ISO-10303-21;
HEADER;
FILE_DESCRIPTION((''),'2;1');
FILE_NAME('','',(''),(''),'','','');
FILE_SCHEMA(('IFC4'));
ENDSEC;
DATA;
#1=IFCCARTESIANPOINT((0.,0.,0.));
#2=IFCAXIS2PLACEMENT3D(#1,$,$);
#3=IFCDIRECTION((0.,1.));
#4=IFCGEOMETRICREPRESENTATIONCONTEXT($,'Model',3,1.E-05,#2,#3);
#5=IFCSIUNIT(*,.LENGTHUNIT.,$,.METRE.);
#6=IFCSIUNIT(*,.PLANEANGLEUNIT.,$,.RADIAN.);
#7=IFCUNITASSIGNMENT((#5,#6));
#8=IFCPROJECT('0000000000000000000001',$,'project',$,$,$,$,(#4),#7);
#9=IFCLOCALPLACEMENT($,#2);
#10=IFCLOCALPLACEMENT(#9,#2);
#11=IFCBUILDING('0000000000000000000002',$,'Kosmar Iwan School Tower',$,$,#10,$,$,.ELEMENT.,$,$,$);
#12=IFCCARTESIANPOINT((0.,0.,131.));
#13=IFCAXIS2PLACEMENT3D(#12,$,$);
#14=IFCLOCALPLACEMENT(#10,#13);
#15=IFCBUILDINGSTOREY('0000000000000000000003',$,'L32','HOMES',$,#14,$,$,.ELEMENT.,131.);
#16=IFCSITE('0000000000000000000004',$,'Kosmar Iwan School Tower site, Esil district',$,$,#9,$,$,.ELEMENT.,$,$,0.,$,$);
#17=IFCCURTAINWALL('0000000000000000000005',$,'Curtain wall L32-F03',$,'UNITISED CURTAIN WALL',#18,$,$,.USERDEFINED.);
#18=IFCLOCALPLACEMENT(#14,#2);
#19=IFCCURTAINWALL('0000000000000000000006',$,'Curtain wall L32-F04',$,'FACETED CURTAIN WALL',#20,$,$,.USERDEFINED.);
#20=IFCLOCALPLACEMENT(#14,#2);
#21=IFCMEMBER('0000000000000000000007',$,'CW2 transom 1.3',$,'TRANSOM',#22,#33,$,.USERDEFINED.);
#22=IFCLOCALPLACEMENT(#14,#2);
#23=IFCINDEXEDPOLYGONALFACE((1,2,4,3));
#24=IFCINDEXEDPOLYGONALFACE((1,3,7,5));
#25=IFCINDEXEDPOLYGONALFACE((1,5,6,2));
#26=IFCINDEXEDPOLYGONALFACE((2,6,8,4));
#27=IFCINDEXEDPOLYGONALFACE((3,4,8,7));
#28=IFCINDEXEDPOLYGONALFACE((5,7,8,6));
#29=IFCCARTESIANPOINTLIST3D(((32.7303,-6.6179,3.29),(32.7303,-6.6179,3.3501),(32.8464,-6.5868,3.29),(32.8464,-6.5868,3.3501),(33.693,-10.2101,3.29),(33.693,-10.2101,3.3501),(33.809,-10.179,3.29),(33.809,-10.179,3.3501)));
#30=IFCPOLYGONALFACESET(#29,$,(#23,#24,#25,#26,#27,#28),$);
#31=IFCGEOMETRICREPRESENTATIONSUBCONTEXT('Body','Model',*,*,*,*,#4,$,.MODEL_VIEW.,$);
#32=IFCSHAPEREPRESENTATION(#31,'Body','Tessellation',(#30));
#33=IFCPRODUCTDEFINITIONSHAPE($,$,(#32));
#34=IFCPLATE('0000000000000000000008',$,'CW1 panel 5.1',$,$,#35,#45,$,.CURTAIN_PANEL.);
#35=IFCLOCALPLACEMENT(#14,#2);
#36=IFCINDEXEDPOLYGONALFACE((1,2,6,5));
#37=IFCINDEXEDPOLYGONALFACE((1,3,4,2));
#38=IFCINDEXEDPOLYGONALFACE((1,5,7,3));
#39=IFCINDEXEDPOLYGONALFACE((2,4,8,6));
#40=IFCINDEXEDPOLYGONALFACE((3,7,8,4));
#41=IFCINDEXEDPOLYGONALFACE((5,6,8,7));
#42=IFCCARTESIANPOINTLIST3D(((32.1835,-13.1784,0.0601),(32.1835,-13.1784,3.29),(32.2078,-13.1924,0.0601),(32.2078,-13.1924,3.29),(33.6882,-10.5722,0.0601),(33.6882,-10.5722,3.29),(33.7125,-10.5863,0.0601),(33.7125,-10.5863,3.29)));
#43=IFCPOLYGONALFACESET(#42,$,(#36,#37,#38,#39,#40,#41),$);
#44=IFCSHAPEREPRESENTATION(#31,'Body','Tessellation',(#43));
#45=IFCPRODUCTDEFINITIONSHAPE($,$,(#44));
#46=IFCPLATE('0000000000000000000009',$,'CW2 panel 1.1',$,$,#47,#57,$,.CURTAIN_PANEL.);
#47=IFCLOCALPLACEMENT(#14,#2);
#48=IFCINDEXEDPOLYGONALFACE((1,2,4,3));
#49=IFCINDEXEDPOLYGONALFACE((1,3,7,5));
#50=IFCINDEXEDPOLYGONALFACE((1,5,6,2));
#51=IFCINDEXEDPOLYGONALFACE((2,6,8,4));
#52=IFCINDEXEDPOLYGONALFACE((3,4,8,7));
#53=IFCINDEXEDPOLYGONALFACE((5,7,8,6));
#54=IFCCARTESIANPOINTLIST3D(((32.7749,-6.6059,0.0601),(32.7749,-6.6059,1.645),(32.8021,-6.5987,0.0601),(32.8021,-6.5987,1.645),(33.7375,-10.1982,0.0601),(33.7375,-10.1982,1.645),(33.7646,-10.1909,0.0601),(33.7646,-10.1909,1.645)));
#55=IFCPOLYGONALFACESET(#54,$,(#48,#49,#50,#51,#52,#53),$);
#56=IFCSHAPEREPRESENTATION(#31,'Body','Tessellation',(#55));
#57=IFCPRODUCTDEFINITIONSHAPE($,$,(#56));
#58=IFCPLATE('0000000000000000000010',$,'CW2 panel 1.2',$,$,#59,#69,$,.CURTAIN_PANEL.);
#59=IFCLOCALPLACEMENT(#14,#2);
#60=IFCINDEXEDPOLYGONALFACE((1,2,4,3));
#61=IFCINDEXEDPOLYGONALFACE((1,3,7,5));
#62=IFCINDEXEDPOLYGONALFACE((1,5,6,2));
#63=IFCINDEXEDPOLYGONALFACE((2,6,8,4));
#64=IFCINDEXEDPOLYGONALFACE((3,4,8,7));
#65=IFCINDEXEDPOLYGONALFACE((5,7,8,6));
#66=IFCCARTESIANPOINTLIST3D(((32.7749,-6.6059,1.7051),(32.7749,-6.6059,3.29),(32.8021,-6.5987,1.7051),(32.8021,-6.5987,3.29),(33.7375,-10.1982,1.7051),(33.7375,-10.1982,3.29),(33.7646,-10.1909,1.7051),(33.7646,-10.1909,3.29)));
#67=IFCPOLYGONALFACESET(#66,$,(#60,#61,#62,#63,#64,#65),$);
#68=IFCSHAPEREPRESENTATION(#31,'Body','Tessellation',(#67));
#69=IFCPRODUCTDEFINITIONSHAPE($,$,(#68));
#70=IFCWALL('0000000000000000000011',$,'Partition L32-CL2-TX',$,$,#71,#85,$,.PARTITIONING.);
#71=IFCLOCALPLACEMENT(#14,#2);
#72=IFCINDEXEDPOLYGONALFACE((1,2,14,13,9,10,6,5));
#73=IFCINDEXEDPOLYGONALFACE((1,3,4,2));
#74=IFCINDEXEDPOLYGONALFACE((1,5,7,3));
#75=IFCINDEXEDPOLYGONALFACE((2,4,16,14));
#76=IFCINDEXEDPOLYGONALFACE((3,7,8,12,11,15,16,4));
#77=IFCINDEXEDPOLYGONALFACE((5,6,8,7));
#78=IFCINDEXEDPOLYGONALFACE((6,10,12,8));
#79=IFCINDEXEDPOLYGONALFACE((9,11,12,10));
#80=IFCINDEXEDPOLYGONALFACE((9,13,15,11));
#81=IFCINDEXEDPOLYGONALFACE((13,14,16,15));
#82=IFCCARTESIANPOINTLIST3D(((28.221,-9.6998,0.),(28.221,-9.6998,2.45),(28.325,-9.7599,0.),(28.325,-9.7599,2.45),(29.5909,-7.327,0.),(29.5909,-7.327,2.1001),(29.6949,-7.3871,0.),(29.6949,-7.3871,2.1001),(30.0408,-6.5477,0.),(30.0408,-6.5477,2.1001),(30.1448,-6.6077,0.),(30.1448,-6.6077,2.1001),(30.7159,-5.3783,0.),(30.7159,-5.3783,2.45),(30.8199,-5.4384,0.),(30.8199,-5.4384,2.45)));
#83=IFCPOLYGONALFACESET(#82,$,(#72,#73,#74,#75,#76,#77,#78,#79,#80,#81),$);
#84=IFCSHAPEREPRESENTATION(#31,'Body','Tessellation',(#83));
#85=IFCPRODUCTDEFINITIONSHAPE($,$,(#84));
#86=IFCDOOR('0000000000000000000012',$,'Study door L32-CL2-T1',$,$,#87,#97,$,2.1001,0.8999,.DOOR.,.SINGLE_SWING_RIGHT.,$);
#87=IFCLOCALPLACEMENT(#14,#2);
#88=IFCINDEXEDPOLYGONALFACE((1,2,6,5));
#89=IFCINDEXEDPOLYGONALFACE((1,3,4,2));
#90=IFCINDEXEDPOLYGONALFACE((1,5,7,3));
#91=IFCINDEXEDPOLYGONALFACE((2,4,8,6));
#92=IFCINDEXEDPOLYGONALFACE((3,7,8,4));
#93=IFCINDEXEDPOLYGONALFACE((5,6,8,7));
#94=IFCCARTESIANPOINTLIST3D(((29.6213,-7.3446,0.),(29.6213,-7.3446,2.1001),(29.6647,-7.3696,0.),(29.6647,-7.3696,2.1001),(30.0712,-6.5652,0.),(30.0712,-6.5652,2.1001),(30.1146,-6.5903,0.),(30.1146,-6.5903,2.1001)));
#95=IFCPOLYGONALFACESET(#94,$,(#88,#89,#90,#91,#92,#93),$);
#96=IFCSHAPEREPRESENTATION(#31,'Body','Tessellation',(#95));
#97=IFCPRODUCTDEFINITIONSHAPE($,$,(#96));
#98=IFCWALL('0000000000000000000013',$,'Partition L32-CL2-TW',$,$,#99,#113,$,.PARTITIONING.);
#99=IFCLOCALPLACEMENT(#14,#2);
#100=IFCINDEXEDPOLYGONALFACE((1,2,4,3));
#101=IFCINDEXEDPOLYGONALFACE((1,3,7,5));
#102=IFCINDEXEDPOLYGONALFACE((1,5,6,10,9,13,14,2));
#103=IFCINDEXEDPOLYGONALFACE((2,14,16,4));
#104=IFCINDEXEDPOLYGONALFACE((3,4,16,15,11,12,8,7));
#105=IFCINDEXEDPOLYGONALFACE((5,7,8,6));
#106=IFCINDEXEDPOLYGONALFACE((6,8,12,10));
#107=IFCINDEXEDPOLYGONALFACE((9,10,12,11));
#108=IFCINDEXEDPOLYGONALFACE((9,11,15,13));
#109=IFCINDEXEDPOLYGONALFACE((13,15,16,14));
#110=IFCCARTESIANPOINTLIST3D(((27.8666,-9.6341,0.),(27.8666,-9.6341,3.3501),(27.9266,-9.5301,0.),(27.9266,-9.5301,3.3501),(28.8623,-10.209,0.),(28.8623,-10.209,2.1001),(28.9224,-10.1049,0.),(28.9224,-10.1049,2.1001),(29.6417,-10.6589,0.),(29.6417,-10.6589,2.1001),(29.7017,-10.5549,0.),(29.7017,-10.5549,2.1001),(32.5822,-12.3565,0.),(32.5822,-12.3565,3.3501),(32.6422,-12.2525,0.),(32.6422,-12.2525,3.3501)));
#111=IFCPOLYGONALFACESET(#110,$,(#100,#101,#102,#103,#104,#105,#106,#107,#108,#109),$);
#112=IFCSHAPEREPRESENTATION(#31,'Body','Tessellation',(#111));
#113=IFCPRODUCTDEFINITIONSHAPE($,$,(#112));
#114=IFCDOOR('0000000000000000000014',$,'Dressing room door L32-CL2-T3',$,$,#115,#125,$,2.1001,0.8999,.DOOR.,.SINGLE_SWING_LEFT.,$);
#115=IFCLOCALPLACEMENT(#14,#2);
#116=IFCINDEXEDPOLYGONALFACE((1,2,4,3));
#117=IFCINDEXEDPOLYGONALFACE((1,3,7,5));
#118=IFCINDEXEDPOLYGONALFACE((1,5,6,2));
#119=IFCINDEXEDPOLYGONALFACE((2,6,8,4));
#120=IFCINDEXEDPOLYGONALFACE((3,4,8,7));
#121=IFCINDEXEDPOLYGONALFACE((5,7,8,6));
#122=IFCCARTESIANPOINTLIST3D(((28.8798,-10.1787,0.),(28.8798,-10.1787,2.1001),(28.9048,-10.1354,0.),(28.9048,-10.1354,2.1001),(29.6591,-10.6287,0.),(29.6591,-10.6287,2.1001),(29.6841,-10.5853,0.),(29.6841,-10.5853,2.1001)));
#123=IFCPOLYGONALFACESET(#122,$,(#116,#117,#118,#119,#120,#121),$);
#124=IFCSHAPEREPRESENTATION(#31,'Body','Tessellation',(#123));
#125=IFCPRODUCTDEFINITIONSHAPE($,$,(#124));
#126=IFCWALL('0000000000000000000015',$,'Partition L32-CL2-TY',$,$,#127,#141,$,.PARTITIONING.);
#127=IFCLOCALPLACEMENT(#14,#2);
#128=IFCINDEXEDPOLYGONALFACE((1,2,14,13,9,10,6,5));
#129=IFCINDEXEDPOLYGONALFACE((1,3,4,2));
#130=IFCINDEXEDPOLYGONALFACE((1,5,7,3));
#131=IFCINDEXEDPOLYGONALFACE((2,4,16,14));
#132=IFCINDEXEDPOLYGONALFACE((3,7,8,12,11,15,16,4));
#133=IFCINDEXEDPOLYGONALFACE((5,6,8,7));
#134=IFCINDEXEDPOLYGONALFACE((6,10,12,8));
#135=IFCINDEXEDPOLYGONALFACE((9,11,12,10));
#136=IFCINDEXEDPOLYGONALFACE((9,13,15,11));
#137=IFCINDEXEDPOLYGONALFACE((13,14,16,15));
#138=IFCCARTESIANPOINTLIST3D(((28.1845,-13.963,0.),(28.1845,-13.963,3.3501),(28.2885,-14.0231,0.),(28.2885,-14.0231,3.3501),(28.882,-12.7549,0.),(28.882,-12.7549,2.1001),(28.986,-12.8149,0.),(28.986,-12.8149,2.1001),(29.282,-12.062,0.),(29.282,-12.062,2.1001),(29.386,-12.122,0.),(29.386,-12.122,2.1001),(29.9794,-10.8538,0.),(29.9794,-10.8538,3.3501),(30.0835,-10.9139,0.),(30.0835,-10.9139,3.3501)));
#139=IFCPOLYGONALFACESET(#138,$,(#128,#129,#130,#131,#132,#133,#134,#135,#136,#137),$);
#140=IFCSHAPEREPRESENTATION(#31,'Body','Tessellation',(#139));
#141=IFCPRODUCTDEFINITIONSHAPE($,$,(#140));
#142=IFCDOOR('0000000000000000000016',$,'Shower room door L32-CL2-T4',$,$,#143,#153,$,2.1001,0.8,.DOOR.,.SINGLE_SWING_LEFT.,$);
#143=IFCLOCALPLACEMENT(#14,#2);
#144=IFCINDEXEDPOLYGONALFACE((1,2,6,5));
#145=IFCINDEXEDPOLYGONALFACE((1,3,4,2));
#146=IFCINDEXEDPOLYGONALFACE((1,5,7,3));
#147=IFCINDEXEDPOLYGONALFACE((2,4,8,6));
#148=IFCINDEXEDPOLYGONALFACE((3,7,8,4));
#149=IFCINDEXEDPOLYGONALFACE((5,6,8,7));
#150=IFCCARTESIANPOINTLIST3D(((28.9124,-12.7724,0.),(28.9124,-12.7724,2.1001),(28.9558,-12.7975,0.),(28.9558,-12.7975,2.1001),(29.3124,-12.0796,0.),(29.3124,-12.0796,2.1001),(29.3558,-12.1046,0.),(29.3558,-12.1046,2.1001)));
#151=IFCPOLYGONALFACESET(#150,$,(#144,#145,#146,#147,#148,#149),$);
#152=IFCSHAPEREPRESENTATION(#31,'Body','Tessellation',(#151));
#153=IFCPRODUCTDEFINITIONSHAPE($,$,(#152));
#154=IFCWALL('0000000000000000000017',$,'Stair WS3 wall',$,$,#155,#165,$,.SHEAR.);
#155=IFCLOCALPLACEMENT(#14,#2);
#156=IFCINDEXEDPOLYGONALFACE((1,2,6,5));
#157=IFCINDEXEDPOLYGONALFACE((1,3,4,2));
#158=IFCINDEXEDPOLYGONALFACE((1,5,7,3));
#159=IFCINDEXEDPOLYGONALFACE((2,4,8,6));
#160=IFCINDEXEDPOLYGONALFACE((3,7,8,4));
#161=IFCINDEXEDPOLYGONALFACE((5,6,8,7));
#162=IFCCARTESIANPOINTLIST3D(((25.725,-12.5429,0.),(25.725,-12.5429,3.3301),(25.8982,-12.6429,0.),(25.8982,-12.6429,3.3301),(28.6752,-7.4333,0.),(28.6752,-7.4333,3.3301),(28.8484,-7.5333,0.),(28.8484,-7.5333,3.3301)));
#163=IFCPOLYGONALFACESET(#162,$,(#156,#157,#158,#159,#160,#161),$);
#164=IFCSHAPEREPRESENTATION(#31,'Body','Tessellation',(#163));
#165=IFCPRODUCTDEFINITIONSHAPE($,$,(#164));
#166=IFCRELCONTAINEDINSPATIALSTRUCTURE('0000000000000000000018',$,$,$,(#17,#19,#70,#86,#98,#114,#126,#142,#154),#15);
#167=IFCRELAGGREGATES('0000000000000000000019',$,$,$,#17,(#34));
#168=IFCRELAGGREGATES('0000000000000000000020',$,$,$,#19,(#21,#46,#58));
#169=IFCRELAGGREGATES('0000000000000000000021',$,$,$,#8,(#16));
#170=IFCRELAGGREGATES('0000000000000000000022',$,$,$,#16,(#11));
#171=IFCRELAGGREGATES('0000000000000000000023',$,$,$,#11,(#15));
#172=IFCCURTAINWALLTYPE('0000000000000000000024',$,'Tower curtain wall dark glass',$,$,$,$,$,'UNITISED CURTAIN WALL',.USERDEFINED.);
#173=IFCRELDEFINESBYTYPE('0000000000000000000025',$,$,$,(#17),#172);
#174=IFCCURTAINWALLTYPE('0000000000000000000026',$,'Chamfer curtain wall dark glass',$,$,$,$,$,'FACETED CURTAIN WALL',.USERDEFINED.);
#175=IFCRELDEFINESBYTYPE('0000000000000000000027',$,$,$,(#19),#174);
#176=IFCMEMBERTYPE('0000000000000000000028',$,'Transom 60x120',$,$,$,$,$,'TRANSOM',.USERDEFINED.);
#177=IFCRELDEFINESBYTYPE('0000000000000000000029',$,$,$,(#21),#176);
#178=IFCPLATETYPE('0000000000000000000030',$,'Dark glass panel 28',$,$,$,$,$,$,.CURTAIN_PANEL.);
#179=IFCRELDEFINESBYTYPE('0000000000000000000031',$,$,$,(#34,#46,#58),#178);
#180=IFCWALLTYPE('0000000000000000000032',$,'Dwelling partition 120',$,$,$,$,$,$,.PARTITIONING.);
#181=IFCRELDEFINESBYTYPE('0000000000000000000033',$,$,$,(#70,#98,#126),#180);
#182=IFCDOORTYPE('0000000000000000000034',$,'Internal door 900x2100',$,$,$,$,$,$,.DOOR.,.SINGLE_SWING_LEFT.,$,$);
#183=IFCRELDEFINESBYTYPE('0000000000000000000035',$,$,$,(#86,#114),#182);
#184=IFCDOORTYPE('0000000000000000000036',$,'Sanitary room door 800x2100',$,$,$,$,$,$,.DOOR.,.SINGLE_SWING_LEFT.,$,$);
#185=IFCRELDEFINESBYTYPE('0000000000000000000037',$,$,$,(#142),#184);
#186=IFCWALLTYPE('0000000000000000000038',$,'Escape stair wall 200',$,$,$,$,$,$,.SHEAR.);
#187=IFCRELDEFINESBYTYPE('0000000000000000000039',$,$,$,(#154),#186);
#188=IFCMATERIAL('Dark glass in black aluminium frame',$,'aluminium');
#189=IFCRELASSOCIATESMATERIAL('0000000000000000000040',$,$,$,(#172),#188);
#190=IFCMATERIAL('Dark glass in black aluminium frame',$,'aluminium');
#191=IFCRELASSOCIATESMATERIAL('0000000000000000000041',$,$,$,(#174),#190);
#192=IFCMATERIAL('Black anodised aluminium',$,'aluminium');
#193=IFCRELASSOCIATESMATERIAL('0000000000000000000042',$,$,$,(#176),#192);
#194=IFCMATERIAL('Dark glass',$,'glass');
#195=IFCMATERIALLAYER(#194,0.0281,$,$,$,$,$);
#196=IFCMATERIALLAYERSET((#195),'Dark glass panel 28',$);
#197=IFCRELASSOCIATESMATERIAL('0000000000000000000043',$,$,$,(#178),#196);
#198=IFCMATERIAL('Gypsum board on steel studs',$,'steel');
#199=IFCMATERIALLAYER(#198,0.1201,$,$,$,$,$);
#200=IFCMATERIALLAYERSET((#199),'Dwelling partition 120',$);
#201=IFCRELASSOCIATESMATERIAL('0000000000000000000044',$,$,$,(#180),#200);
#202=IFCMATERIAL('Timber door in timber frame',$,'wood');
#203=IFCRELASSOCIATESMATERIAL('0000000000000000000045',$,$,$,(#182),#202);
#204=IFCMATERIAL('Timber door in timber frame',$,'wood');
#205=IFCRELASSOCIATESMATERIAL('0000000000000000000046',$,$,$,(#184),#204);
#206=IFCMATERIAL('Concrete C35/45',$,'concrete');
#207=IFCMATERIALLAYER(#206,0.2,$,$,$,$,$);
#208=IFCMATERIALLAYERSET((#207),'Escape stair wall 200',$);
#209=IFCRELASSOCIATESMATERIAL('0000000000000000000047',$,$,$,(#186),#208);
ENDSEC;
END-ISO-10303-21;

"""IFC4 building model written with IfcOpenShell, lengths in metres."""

from ifc_helpers import new_model, si_unit, direction, frame, frame_2d, origin, origin_2d, place, context, subcontext, project, spatial, rectangle, extrude, material, layer, layer_set, material_profile, profile_set, type_object, element, fill, aggregate, save


model = new_model("IFC4")

# Units and contexts
model_context = context("Model", 3, precision=1e-05, world=origin(), true_north=direction((0.0, 1.0)))
body_context = subcontext(model_context, "Body", "Model", "MODEL_VIEW")
ifc_project = project(units=[si_unit("LENGTHUNIT", "METRE"), si_unit("PLANEANGLEUNIT", "RADIAN")], contexts=[model_context])

# Site, building, storey
site_placement = place(None, origin())
site = spatial("IfcSite", under=ifc_project, at=site_placement, Name="Kosmar Iwan School Tower site, Esil district", CompositionType="ELEMENT", RefElevation=0.0)
building_placement = place(site_placement, origin())
building = spatial("IfcBuilding", under=site, at=building_placement, Name="Kosmar Iwan School Tower", CompositionType="ELEMENT")
storey_placement = place(building_placement, frame((0.0, 0.0, 131.0)))
storey = spatial("IfcBuildingStorey", under=building, at=storey_placement, Name="L32", Description="HOMES", CompositionType="ELEMENT", Elevation=131.0)

# Curtain walls
ifc_material_1 = material(Name="Dark glass in black aluminium frame", Category="aluminium")
curtain_wall_type_1 = type_object("IfcCurtainWallType", Name="Tower curtain wall dark glass", ElementType="UNITISED CURTAIN WALL", PredefinedType="USERDEFINED", material=ifc_material_1)
curtain_wall_1_placement = place(storey_placement, origin())
curtain_wall_1 = element("IfcCurtainWall", 1, at=curtain_wall_1_placement, inside=storey, type_object=curtain_wall_type_1, Name="Curtain wall L32-F03", ObjectType="UNITISED CURTAIN WALL", PredefinedType="USERDEFINED")
ifc_material_2 = material(Name="Dark glass in black aluminium frame", Category="aluminium")
curtain_wall_type_2 = type_object("IfcCurtainWallType", Name="Chamfer curtain wall dark glass", ElementType="FACETED CURTAIN WALL", PredefinedType="USERDEFINED", material=ifc_material_2)
curtain_wall_2_placement = place(storey_placement, origin())
curtain_wall_2 = element("IfcCurtainWall", 2, at=curtain_wall_2_placement, inside=storey, type_object=curtain_wall_type_2, Name="Curtain wall L32-F04", ObjectType="FACETED CURTAIN WALL", PredefinedType="USERDEFINED")

# Member
ifc_material_3 = material(Name="Black anodised aluminium", Category="aluminium")
ifc_material_profile_1 = material_profile(ifc_material_3, rectangle(XDim=0.1201, YDim=0.0601, at=origin_2d()), Name="TRANSOM 60x120")
ifc_profile_set_1 = profile_set([ifc_material_profile_1], Name="Black anodised aluminium")
member_type_1 = type_object("IfcMemberType", Name="Transom 60x120", ElementType="TRANSOM", PredefinedType="USERDEFINED", material=ifc_profile_set_1)
member_1_placement = place(storey_placement, frame((33.751, -10.1946, 3.3201), z_axis=(-0.258843, 0.965919, 0.0), x_axis=(-0.965919, -0.258843, 0.0)))
member_1 = element("IfcMember", 3, at=member_1_placement, type_object=member_type_1, Name="CW2 transom 1.3", ObjectType="TRANSOM", PredefinedType="USERDEFINED", context=body_context, shape_type="SweptSolid", body=[
    extrude(rectangle(XDim=0.1201, YDim=0.0601, at=origin_2d()), origin(), (0.0, 0.0, 1.0), 3.719),
])

# Plates
ifc_material_4 = material(Name="Dark glass", Category="glass")
ifc_layer_1 = layer(ifc_material_4, 0.0281)
ifc_layer_set_1 = layer_set([ifc_layer_1], Name="Dark glass panel 28")
plate_type = type_object("IfcPlateType", Name="Dark glass panel 28", PredefinedType="CURTAIN_PANEL", material=ifc_layer_set_1)
plate_1_placement = place(storey_placement, frame((32.948, -11.8823, 0.0601), z_axis=(0.0, 0.0, 1.0), x_axis=(0.5, 0.866025, 0.0)))
plate_1 = element("IfcPlate", 4, at=plate_1_placement, type_object=plate_type, Name="CW1 panel 5.1", PredefinedType="CURTAIN_PANEL", context=body_context, shape_type="SweptSolid", body=[
    extrude(rectangle(XDim=3.0093, YDim=0.0281, at=origin_2d()), origin(), (0.0, 0.0, 1.0), 3.23),
])
aggregate(curtain_wall_1, [plate_1])
plate_2_placement = place(storey_placement, frame((33.2698, -8.3984, 0.0601), z_axis=(0.0, 0.0, 1.0), x_axis=(-0.258819, 0.965926, 0.0)))
plate_2 = element("IfcPlate", 5, at=plate_2_placement, type_object=plate_type, Name="CW2 panel 1.1", PredefinedType="CURTAIN_PANEL", context=body_context, shape_type="SweptSolid", body=[
    extrude(rectangle(XDim=3.719, YDim=0.0281, at=origin_2d()), origin(), (0.0, 0.0, 1.0), 1.585),
])
plate_3_placement = place(storey_placement, frame((33.2698, -8.3984, 1.7051), z_axis=(0.0, 0.0, 1.0), x_axis=(-0.258819, 0.965926, 0.0)))
plate_3 = element("IfcPlate", 6, at=plate_3_placement, type_object=plate_type, Name="CW2 panel 1.2", PredefinedType="CURTAIN_PANEL", context=body_context, shape_type="SweptSolid", body=[
    extrude(rectangle(XDim=3.719, YDim=0.0281, at=origin_2d()), origin(), (0.0, 0.0, 1.0), 1.585),
])
aggregate(curtain_wall_2, [member_1, plate_2, plate_3])

# Walls, openings, doors
ifc_material_5 = material(Name="Gypsum board on steel studs", Category="steel")
ifc_layer_2 = layer(ifc_material_5, 0.1201)
ifc_layer_set_2 = layer_set([ifc_layer_2], Name="Dwelling partition 120")
wall_type_1 = type_object("IfcWallType", Name="Dwelling partition 120", PredefinedType="PARTITIONING", material=ifc_layer_set_2)
wall_1_placement = place(storey_placement, frame((28.2729, -9.73, 0.0), z_axis=(0.0, 0.0, 1.0), x_axis=(0.499975, 0.86604, 0.0)))
wall_1 = element("IfcWall", 7, at=wall_1_placement, inside=storey, type_object=wall_type_1, Name="Partition L32-CL2-TX", PredefinedType="PARTITIONING", context=body_context, shape_type="SweptSolid", body=[
    extrude(rectangle(XDim=4.99, YDim=0.1201, at=frame_2d((2.4951, 0.0))), origin(), (0.0, 0.0, 1.0), 2.45),
])
opening_1_placement = place(wall_1_placement, frame((2.74, 0.0, 0.0)))
opening_1 = element("IfcOpeningElement", 8, at=opening_1_placement, cuts=wall_1, PredefinedType="OPENING", context=body_context, shape_type="SweptSolid", body=[
    extrude(rectangle(XDim=0.8999, YDim=2.1001, at=frame_2d((0.45, 1.05))), frame((0.0, 0.072, 0.0), z_axis=(0.0, -1.0, 0.0), x_axis=(1.0, 0.0, 0.0)), (0.0, 0.0, 1.0), 0.144),
])
ifc_material_6 = material(Name="Timber door in timber frame", Category="wood")
door_type_1 = type_object("IfcDoorType", Name="Internal door 900x2100", OperationType="SINGLE_SWING_LEFT", PredefinedType="DOOR", material=ifc_material_6)
door_1_placement = place(opening_1_placement, origin())
door_1 = element("IfcDoor", 9, at=door_1_placement, inside=storey, type_object=door_type_1, Name="Study door L32-CL2-T1", OperationType="SINGLE_SWING_RIGHT", OverallHeight=2.1001, OverallWidth=0.8999, PredefinedType="DOOR", context=body_context, shape_type="SweptSolid", body=[
    extrude(rectangle(XDim=0.8999, YDim=2.1001, at=frame_2d((0.45, 1.05))), frame((0.0, 0.0249, 0.0), z_axis=(0.0, -1.0, 0.0), x_axis=(1.0, 0.0, 0.0)), (0.0, 0.0, 1.0), 0.05),
])
fill(opening_1, door_1)
wall_2_placement = place(storey_placement, frame((27.8965, -9.582, 0.0), z_axis=(0.0, 0.0, 1.0), x_axis=(0.866036, -0.499982, 0.0)))
wall_2 = element("IfcWall", 10, at=wall_2_placement, inside=storey, type_object=wall_type_1, Name="Partition L32-CL2-TW", PredefinedType="PARTITIONING", context=body_context, shape_type="SweptSolid", body=[
    extrude(rectangle(XDim=5.4451, YDim=0.1201, at=frame_2d((2.7227, 0.0))), origin(), (0.0, 0.0, 1.0), 3.3501),
])
opening_2_placement = place(wall_2_placement, frame((1.1499, 0.0, 0.0)))
opening_2 = element("IfcOpeningElement", 11, at=opening_2_placement, cuts=wall_2, PredefinedType="OPENING", context=body_context, shape_type="SweptSolid", body=[
    extrude(rectangle(XDim=0.8999, YDim=2.1001, at=frame_2d((0.45, 1.05))), frame((0.0, 0.072, 0.0), z_axis=(0.0, -1.0, 0.0), x_axis=(1.0, 0.0, 0.0)), (0.0, 0.0, 1.0), 0.144),
])
door_2_placement = place(opening_2_placement, origin())
door_2 = element("IfcDoor", 12, at=door_2_placement, inside=storey, type_object=door_type_1, Name="Dressing room door L32-CL2-T3", OperationType="SINGLE_SWING_LEFT", OverallHeight=2.1001, OverallWidth=0.8999, PredefinedType="DOOR", context=body_context, shape_type="SweptSolid", body=[
    extrude(rectangle(XDim=0.8999, YDim=2.1001, at=frame_2d((0.45, 1.05))), frame((0.0, 0.0249, 0.0), z_axis=(0.0, -1.0, 0.0), x_axis=(1.0, 0.0, 0.0)), (0.0, 0.0, 1.0), 0.05),
])
fill(opening_2, door_2)
wall_3_placement = place(storey_placement, frame((28.2366, -13.9929, 0.0), z_axis=(0.0, 0.0, 1.0), x_axis=(0.499972, 0.866042, 0.0)))
wall_3 = element("IfcWall", 13, at=wall_3_placement, inside=storey, type_object=wall_type_1, Name="Partition L32-CL2-TY", PredefinedType="PARTITIONING", context=body_context, shape_type="SweptSolid", body=[
    extrude(rectangle(XDim=3.5901, YDim=0.1201, at=frame_2d((1.7949, 0.0))), origin(), (0.0, 0.0, 1.0), 3.3501),
])
opening_3_placement = place(wall_3_placement, frame((1.395, 0.0, 0.0)))
opening_3 = element("IfcOpeningElement", 14, at=opening_3_placement, cuts=wall_3, PredefinedType="OPENING", context=body_context, shape_type="SweptSolid", body=[
    extrude(rectangle(XDim=0.8, YDim=2.1001, at=frame_2d((0.3999, 1.05))), frame((0.0, 0.072, 0.0), z_axis=(0.0, -1.0, 0.0), x_axis=(1.0, 0.0, 0.0)), (0.0, 0.0, 1.0), 0.144),
])
ifc_material_7 = material(Name="Timber door in timber frame", Category="wood")
door_type_2 = type_object("IfcDoorType", Name="Sanitary room door 800x2100", OperationType="SINGLE_SWING_LEFT", PredefinedType="DOOR", material=ifc_material_7)
door_3_placement = place(opening_3_placement, origin())
door_3 = element("IfcDoor", 15, at=door_3_placement, inside=storey, type_object=door_type_2, Name="Shower room door L32-CL2-T4", OperationType="SINGLE_SWING_LEFT", OverallHeight=2.1001, OverallWidth=0.8, PredefinedType="DOOR", context=body_context, shape_type="SweptSolid", body=[
    extrude(rectangle(XDim=0.8, YDim=2.1001, at=frame_2d((0.3999, 1.05))), frame((0.0, 0.0249, 0.0), z_axis=(0.0, -1.0, 0.0), x_axis=(1.0, 0.0, 0.0)), (0.0, 0.0, 1.0), 0.05),
])
fill(opening_3, door_3)

# Wall
ifc_material_8 = material(Name="Concrete C35/45", Category="concrete")
ifc_layer_3 = layer(ifc_material_8, 0.2)
ifc_layer_set_3 = layer_set([ifc_layer_3], Name="Escape stair wall 200")
wall_type_2 = type_object("IfcWallType", Name="Escape stair wall 200", PredefinedType="SHEAR", material=ifc_layer_set_3)
wall_4_placement = place(storey_placement, frame((25.8115, -12.593, 0.0), z_axis=(0.0, 0.0, 1.0), x_axis=(0.50002, 0.866014, 0.0)))
element("IfcWall", 16, at=wall_4_placement, inside=storey, type_object=wall_type_2, Name="Stair WS3 wall", PredefinedType="SHEAR", context=body_context, shape_type="SweptSolid", body=[
    extrude(rectangle(XDim=5.9001, YDim=0.2, at=frame_2d((2.9502, 0.0))), origin(), (0.0, 0.0, 1.0), 3.3301),
])

save(model, "model.ifc")
